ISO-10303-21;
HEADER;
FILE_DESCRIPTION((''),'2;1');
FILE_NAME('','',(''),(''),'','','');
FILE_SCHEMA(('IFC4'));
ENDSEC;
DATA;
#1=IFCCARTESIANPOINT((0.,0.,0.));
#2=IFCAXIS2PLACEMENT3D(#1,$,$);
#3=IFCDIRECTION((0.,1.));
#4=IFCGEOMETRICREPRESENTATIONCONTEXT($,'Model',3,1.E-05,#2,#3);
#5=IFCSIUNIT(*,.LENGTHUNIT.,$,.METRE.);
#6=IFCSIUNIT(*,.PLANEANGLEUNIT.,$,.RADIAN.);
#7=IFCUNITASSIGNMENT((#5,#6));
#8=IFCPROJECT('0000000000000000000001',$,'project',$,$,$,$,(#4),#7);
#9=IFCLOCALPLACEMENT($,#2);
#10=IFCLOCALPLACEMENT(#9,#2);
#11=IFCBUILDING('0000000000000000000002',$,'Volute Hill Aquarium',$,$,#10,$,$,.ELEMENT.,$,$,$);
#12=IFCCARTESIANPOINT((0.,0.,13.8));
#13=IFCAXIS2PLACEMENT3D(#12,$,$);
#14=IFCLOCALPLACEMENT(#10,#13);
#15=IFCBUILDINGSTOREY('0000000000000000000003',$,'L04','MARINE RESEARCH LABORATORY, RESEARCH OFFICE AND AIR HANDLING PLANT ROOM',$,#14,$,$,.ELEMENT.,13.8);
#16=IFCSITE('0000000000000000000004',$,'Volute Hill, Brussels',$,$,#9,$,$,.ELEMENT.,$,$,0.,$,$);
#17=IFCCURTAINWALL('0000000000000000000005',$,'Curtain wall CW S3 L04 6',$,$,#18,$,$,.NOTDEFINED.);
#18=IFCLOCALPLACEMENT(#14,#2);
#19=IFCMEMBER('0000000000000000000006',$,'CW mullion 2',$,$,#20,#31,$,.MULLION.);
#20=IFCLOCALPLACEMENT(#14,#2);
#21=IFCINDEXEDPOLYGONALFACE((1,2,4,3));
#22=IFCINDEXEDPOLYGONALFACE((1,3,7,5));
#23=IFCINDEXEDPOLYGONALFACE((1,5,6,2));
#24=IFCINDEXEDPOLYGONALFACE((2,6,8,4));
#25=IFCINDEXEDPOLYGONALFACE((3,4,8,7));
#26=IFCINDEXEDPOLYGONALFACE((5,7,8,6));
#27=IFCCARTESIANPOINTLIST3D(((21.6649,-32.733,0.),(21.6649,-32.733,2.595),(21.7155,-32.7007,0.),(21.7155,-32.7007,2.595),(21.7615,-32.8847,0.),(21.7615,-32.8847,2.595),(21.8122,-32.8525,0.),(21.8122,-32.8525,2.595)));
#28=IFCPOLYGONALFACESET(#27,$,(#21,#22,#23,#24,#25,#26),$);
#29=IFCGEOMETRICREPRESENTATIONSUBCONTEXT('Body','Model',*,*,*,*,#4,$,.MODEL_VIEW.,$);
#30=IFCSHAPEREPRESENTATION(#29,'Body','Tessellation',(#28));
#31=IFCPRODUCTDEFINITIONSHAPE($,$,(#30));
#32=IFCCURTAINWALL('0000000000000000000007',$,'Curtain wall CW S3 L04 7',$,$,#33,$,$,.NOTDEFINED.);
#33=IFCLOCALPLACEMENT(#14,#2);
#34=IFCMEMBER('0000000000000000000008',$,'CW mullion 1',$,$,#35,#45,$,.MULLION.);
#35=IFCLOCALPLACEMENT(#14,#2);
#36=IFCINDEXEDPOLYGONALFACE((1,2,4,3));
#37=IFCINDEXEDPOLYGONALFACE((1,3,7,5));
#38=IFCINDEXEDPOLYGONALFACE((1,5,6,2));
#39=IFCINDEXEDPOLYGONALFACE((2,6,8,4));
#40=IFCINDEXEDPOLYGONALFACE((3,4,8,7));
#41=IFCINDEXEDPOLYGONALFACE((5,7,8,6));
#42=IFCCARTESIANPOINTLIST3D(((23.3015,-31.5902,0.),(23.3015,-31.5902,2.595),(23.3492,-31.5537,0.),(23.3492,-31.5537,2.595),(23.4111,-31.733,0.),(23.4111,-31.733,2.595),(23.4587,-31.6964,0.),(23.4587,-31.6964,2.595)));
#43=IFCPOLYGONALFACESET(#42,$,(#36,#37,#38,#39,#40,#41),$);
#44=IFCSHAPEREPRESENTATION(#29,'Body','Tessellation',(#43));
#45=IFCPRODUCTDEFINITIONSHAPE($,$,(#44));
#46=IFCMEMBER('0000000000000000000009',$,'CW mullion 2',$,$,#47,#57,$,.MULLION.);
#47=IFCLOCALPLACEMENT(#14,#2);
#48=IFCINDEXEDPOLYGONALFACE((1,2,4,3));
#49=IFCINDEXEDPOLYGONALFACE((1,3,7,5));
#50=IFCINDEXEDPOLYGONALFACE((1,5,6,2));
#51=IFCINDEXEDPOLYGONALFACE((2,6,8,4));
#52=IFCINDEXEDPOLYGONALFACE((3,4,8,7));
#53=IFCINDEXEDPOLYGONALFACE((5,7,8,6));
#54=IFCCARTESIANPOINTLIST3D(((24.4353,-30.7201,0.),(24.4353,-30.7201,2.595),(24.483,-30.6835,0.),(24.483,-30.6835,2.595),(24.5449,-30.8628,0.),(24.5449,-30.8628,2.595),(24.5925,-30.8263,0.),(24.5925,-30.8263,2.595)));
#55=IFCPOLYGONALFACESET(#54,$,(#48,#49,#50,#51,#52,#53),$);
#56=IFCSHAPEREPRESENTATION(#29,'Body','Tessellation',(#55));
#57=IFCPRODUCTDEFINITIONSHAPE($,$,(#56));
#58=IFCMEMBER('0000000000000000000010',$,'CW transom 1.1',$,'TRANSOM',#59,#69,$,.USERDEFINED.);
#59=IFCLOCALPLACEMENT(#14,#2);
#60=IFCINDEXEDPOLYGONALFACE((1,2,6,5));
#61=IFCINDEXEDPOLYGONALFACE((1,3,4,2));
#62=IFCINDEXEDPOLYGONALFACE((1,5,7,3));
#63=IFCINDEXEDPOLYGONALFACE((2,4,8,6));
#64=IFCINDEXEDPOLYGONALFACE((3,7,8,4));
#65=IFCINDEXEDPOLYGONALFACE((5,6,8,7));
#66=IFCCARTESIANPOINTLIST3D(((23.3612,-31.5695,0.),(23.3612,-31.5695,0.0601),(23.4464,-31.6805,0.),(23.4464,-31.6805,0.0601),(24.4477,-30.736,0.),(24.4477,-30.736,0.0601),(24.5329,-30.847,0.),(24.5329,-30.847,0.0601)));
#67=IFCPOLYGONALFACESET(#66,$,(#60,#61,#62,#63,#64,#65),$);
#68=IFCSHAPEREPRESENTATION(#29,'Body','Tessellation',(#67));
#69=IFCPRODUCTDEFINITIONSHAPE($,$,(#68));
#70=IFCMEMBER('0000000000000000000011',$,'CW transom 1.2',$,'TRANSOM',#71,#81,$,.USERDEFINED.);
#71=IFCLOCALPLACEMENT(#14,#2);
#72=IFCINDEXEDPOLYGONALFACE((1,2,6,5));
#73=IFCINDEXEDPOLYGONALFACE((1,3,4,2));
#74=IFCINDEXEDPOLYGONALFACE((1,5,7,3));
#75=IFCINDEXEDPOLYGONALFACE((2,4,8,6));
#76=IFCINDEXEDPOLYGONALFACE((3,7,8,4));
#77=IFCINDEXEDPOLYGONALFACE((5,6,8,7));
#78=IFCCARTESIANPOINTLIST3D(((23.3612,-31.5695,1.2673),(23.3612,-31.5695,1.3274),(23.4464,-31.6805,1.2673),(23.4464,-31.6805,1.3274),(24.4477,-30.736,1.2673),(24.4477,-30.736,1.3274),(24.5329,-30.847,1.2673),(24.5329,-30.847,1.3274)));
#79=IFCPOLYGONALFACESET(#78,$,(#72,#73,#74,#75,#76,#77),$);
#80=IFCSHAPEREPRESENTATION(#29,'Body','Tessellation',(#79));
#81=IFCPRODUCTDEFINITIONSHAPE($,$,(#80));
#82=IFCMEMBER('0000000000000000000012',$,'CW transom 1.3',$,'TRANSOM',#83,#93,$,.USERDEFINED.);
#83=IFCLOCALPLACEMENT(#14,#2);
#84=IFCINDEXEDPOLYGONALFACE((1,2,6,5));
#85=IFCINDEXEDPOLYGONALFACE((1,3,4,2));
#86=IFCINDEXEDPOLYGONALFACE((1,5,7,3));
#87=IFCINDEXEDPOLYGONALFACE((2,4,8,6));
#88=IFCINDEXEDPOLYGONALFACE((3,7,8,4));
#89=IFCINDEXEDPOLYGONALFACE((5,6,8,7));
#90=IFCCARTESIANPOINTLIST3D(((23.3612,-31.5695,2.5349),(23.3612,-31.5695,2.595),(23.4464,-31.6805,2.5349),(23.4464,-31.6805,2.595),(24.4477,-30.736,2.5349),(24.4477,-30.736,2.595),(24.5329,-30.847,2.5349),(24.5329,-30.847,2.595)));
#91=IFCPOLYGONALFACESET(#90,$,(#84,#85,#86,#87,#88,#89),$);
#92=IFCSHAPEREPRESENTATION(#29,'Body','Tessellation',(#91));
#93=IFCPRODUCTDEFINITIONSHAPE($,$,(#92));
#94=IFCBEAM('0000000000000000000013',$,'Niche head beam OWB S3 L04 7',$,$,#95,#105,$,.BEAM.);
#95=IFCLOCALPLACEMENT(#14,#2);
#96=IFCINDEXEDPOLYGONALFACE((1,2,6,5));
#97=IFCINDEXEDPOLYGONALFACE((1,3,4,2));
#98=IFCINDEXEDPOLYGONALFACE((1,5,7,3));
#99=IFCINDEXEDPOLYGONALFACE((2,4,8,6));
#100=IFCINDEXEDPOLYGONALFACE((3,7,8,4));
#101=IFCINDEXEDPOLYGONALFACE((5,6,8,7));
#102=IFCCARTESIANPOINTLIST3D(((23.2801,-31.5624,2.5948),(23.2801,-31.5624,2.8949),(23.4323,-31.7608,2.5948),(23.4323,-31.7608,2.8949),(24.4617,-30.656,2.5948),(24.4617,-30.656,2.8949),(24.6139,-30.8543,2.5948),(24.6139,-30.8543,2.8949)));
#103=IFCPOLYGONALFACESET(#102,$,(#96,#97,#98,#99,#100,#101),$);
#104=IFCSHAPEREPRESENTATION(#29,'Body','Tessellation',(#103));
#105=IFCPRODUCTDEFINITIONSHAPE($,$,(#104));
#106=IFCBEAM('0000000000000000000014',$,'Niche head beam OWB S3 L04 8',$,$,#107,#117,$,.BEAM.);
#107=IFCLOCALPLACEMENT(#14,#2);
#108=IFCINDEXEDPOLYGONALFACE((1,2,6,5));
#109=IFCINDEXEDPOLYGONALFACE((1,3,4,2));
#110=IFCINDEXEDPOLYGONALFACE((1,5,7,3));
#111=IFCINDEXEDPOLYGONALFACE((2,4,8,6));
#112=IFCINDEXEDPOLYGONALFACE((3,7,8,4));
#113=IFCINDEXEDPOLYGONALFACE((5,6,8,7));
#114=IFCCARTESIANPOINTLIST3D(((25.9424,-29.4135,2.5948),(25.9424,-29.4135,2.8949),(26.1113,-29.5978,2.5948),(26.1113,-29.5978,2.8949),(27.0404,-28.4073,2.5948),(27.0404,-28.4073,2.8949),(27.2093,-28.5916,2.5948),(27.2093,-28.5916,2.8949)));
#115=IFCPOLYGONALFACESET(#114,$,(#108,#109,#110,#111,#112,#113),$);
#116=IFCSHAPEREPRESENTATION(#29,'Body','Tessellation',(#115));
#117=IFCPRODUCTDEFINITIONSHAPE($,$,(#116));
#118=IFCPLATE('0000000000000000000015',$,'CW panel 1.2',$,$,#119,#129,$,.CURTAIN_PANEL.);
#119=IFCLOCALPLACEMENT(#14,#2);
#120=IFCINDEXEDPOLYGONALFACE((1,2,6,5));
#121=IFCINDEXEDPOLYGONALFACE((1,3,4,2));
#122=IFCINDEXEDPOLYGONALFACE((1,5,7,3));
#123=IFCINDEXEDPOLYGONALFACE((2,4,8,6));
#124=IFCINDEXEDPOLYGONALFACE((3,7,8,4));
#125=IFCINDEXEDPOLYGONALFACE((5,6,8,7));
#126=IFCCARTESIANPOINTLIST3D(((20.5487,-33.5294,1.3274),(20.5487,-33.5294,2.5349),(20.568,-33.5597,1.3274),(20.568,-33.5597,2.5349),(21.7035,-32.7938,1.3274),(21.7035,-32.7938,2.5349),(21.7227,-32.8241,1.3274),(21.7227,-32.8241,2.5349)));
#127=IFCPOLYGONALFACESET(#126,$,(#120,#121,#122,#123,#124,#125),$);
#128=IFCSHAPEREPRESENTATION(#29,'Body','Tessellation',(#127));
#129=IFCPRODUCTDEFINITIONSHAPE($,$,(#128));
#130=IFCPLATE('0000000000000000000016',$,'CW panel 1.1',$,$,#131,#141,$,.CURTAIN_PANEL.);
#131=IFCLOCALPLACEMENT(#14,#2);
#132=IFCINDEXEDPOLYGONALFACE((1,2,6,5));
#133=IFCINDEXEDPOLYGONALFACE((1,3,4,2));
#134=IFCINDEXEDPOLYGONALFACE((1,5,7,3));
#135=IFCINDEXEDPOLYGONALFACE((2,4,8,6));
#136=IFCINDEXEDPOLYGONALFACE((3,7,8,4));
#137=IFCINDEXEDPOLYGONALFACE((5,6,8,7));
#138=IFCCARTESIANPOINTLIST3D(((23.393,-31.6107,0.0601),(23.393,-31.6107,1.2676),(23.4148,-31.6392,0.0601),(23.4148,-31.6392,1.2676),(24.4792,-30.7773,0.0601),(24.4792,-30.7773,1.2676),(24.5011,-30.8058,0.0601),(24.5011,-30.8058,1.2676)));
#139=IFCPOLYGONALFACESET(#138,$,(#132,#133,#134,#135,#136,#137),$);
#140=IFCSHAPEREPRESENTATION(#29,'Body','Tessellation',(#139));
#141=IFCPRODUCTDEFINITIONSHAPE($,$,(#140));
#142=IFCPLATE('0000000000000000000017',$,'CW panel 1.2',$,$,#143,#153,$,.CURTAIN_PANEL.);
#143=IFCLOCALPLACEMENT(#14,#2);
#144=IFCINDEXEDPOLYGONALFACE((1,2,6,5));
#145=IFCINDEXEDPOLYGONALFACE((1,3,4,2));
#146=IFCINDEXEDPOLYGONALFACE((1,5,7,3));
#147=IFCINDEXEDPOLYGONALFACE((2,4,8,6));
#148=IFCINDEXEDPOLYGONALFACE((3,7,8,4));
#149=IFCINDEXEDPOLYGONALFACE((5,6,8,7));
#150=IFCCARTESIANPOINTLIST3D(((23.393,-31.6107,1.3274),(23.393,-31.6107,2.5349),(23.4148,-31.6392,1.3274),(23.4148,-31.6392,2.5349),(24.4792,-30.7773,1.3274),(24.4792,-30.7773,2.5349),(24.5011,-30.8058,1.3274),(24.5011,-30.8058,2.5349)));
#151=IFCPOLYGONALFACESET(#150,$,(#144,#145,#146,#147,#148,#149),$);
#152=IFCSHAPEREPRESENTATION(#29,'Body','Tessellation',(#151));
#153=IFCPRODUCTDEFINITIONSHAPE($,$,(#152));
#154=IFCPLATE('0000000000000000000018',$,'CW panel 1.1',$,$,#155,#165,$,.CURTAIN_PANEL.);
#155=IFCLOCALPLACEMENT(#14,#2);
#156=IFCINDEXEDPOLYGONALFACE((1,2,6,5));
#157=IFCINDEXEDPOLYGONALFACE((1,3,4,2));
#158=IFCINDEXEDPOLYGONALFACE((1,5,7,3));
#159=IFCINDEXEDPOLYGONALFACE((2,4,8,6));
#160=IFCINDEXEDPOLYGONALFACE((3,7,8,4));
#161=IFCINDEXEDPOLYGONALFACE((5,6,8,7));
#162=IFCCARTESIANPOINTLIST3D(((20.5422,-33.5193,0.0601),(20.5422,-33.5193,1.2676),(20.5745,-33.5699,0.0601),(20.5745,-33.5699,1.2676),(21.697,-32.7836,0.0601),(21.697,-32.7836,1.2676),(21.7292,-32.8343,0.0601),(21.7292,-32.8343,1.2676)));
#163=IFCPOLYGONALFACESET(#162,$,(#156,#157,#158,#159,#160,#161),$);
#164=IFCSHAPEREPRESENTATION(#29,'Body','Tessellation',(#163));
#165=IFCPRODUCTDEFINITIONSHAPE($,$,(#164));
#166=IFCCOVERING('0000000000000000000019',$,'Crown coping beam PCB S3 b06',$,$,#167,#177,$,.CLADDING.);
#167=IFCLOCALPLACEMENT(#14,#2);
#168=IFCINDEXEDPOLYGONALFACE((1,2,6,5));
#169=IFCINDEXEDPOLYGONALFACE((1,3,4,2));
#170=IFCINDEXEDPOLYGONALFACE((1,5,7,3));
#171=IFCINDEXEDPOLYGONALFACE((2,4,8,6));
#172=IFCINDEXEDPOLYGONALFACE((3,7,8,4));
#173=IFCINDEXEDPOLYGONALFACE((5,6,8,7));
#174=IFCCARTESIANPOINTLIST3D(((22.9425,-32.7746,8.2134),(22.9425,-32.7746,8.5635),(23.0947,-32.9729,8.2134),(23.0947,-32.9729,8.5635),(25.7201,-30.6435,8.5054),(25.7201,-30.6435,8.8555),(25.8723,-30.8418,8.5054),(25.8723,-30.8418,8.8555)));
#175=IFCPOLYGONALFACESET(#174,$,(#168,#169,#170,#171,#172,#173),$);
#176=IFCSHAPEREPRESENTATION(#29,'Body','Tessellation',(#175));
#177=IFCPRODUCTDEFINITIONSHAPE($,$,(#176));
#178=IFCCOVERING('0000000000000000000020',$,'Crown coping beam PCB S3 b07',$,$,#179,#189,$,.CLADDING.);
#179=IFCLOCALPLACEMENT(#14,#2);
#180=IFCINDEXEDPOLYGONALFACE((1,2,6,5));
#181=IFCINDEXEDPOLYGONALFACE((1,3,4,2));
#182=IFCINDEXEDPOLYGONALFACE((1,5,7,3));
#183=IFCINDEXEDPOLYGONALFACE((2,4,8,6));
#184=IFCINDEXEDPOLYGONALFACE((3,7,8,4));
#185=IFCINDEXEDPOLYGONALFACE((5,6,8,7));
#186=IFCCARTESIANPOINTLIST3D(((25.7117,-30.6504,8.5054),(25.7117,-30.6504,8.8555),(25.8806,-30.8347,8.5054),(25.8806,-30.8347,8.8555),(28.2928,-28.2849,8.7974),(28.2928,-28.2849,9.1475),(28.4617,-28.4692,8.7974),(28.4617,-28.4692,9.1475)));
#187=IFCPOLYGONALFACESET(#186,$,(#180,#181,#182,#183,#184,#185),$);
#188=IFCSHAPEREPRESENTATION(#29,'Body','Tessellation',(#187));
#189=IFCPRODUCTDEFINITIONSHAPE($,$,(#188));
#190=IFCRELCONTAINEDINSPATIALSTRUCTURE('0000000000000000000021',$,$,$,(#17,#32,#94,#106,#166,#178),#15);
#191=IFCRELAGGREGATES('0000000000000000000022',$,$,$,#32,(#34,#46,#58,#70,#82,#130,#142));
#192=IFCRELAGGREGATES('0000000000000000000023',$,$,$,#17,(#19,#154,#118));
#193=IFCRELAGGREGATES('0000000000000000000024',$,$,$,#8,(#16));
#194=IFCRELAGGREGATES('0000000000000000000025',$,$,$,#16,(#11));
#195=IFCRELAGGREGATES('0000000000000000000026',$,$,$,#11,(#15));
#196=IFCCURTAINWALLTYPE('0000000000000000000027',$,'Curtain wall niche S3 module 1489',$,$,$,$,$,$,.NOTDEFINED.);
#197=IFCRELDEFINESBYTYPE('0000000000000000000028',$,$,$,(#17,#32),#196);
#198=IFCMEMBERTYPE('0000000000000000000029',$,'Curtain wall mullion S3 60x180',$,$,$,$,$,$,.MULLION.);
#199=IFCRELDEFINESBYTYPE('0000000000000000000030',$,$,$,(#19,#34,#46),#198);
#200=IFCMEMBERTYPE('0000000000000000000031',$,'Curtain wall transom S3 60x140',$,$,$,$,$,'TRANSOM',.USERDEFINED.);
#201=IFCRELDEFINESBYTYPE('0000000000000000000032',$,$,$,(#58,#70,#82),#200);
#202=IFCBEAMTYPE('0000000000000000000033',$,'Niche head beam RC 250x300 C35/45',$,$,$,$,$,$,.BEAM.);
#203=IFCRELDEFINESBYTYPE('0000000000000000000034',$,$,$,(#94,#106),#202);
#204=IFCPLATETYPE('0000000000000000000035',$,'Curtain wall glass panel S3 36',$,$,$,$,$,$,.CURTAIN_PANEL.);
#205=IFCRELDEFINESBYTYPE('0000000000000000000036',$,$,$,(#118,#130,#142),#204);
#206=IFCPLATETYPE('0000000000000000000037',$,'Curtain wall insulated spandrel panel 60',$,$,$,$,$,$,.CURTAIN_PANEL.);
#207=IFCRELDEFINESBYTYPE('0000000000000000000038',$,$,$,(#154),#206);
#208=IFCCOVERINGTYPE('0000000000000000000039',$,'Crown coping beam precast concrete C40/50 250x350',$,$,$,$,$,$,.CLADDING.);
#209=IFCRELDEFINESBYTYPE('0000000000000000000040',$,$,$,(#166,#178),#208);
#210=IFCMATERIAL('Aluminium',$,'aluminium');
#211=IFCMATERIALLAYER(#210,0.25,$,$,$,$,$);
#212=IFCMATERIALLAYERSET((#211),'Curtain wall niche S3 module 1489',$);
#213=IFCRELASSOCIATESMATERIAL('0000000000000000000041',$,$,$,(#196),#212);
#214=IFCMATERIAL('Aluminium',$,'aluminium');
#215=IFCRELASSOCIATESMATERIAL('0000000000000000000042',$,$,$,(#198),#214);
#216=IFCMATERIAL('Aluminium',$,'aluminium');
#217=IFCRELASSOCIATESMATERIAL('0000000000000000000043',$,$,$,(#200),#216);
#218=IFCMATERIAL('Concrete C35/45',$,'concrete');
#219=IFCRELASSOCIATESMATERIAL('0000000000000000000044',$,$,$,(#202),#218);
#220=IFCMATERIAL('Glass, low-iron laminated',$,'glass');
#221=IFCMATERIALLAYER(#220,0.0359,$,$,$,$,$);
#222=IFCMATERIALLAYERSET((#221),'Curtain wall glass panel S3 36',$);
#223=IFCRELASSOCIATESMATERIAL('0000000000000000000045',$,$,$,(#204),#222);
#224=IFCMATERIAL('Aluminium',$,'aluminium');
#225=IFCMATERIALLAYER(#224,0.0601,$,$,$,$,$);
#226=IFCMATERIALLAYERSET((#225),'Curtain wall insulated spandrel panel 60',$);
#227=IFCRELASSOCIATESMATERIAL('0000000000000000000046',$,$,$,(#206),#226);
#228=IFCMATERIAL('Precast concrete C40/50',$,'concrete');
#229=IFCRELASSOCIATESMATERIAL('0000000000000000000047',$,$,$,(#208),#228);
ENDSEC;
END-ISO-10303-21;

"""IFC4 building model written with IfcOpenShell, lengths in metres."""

from ifc_helpers import new_model, si_unit, direction, frame, origin, origin_2d, place, context, subcontext, project, spatial, polyline, rectangle, outline, extrude, material, layer, layer_set, material_profile, profile_set, type_object, element, aggregate, save


model = new_model("IFC4")

# Units and contexts
model_context = context("Model", 3, precision=1e-05, world=origin(), true_north=direction((0.0, 1.0)))
body_context = subcontext(model_context, "Body", "Model", "MODEL_VIEW")
ifc_project = project(units=[si_unit("LENGTHUNIT", "METRE"), si_unit("PLANEANGLEUNIT", "RADIAN")], contexts=[model_context])

# Site, building, storey
site_placement = place(None, origin())
site = spatial("IfcSite", under=ifc_project, at=site_placement, Name="Volute Hill, Brussels", CompositionType="ELEMENT", RefElevation=0.0)
building_placement = place(site_placement, origin())
building = spatial("IfcBuilding", under=site, at=building_placement, Name="Volute Hill Aquarium", CompositionType="ELEMENT")
storey_placement = place(building_placement, frame((0.0, 0.0, 13.8)))
storey = spatial("IfcBuildingStorey", under=building, at=storey_placement, Name="L04", Description="MARINE RESEARCH LABORATORY, RESEARCH OFFICE AND AIR HANDLING PLANT ROOM", CompositionType="ELEMENT", Elevation=13.8)

# Curtain wall, member
ifc_material_1 = material(Name="Aluminium", Category="aluminium")
ifc_layer_1 = layer(ifc_material_1, 0.25)
ifc_layer_set_1 = layer_set([ifc_layer_1], Name="Curtain wall niche S3 module 1489")
curtain_wall_type = type_object("IfcCurtainWallType", Name="Curtain wall niche S3 module 1489", PredefinedType="NOTDEFINED", material=ifc_layer_set_1)
curtain_wall_1_placement = place(storey_placement, origin())
curtain_wall_1 = element("IfcCurtainWall", 1, at=curtain_wall_1_placement, inside=storey, type_object=curtain_wall_type, Name="Curtain wall CW S3 L04 6", PredefinedType="NOTDEFINED")
ifc_material_2 = material(Name="Aluminium", Category="aluminium")
ifc_material_profile_1 = material_profile(ifc_material_2, rectangle(XDim=0.1799, YDim=0.0601, at=origin_2d()), Name="Curtain wall mullion S3 60x180")
ifc_profile_set_1 = profile_set([ifc_material_profile_1], Name="Aluminium")
member_type_1 = type_object("IfcMemberType", Name="Curtain wall mullion S3 60x180", PredefinedType="MULLION", material=ifc_profile_set_1)
member_1_placement = place(storey_placement, frame((21.7385, -32.7927, 0.0), z_axis=(0.0, 0.0, 1.0), x_axis=(-0.537307, 0.843387, 0.0)))
member_1 = element("IfcMember", 2, at=member_1_placement, type_object=member_type_1, Name="CW mullion 2", PredefinedType="MULLION", context=body_context, shape_type="SweptSolid", body=[
    extrude(rectangle(XDim=0.1799, YDim=0.0601, at=origin_2d()), origin(), (0.0, 0.0, 1.0), 2.595),
])

# Curtain wall, members
curtain_wall_2_placement = place(storey_placement, origin())
curtain_wall_2 = element("IfcCurtainWall", 3, at=curtain_wall_2_placement, inside=storey, type_object=curtain_wall_type, Name="Curtain wall CW S3 L04 7", PredefinedType="NOTDEFINED")
member_2_placement = place(storey_placement, frame((23.3801, -31.6433, 0.0), z_axis=(0.0, 0.0, 1.0), x_axis=(-0.608747, 0.793365, 0.0)))
member_2 = element("IfcMember", 4, at=member_2_placement, type_object=member_type_1, Name="CW mullion 1", PredefinedType="MULLION", context=body_context, shape_type="SweptSolid", body=[
    extrude(rectangle(XDim=0.1799, YDim=0.0601, at=origin_2d()), origin(), (0.0, 0.0, 1.0), 2.595),
])
member_3_placement = place(storey_placement, frame((24.5139, -30.7732, 0.0), z_axis=(0.0, 0.0, 1.0), x_axis=(-0.608747, 0.793365, 0.0)))
member_3 = element("IfcMember", 5, at=member_3_placement, type_object=member_type_1, Name="CW mullion 2", PredefinedType="MULLION", context=body_context, shape_type="SweptSolid", body=[
    extrude(rectangle(XDim=0.1799, YDim=0.0601, at=origin_2d()), origin(), (0.0, 0.0, 1.0), 2.595),
])
ifc_material_3 = material(Name="Aluminium", Category="aluminium")
ifc_material_profile_2 = material_profile(ifc_material_3, rectangle(XDim=0.1399, YDim=0.0601, at=origin_2d()), Name="Curtain wall transom S3 60x140")
ifc_profile_set_2 = profile_set([ifc_material_profile_2], Name="Aluminium")
member_type_2 = type_object("IfcMemberType", Name="Curtain wall transom S3 60x140", ElementType="TRANSOM", PredefinedType="USERDEFINED", material=ifc_profile_set_2)
member_4_placement = place(storey_placement, frame((23.4038, -31.625, 0.03), z_axis=(0.793405, 0.608694, 0.0), x_axis=(-0.608694, 0.793405, 0.0)))
member_4 = element("IfcMember", 6, at=member_4_placement, type_object=member_type_2, Name="CW transom 1.1", ObjectType="TRANSOM", PredefinedType="USERDEFINED", context=body_context, shape_type="SweptSolid", body=[
    extrude(rectangle(XDim=0.1399, YDim=0.0601, at=origin_2d()), origin(), (0.0, 0.0, 1.0), 1.3694),
])
member_5_placement = place(storey_placement, frame((23.4038, -31.625, 1.2974), z_axis=(0.793405, 0.608694, 0.0), x_axis=(-0.608694, 0.793405, 0.0)))
member_5 = element("IfcMember", 7, at=member_5_placement, type_object=member_type_2, Name="CW transom 1.2", ObjectType="TRANSOM", PredefinedType="USERDEFINED", context=body_context, shape_type="SweptSolid", body=[
    extrude(rectangle(XDim=0.1399, YDim=0.0601, at=origin_2d()), origin(), (0.0, 0.0, 1.0), 1.3694),
])
member_6_placement = place(storey_placement, frame((23.4038, -31.625, 2.5649), z_axis=(0.793405, 0.608694, 0.0), x_axis=(-0.608694, 0.793405, 0.0)))
member_6 = element("IfcMember", 8, at=member_6_placement, type_object=member_type_2, Name="CW transom 1.3", ObjectType="TRANSOM", PredefinedType="USERDEFINED", context=body_context, shape_type="SweptSolid", body=[
    extrude(rectangle(XDim=0.1399, YDim=0.0601, at=origin_2d()), origin(), (0.0, 0.0, 1.0), 1.3694),
])

# Beams
ifc_material_4 = material(Name="Concrete C35/45", Category="concrete")
ifc_material_profile_3 = material_profile(ifc_material_4, rectangle(XDim=0.25, YDim=0.3, at=origin_2d()), Name="RC beam 250x300")
ifc_profile_set_3 = profile_set([ifc_material_profile_3], Name="Concrete C35/45")
beam_type = type_object("IfcBeamType", Name="Niche head beam RC 250x300 C35/45", PredefinedType="BEAM", material=ifc_profile_set_3)
for number, where, z_axis, x_axis, name in (
    (9, (23.3562, -31.6616, 2.7449), (0.793422, 0.608672, 0.0), (-0.608672, 0.793422, 0.0), "Niche head beam OWB S3 L04 7"),
    (10, (26.0269, -29.5056, 2.7449), (0.737256, 0.675613, 0.0), (-0.675613, 0.737256, 0.0), "Niche head beam OWB S3 L04 8"),
):
    element("IfcBeam", number, at=place(storey_placement, frame(where, z_axis=z_axis, x_axis=x_axis)), inside=storey, type_object=beam_type, Name=name, PredefinedType="BEAM", context=body_context, shape_type="SweptSolid", body=[
        extrude(rectangle(XDim=0.25, YDim=0.3, at=origin_2d()), origin(), (0.0, 0.0, 1.0), 1.4893),
    ])

# Plates
ifc_material_5 = material(Name="Glass, low-iron laminated", Category="glass")
ifc_layer_2 = layer(ifc_material_5, 0.0359)
ifc_layer_set_2 = layer_set([ifc_layer_2], Name="Curtain wall glass panel S3 36")
plate_type_1 = type_object("IfcPlateType", Name="Curtain wall glass panel S3 36", PredefinedType="CURTAIN_PANEL", material=ifc_layer_set_2)
plate_1_placement = place(storey_placement, frame((21.1357, -33.1768, 1.3274), z_axis=(0.0, 0.0, 1.0), x_axis=(0.843387, 0.537307, 0.0)))
plate_1 = element("IfcPlate", 11, at=plate_1_placement, type_object=plate_type_1, Name="CW panel 1.2", PredefinedType="CURTAIN_PANEL", context=body_context, shape_type="SweptSolid", body=[
    extrude(rectangle(XDim=1.3691, YDim=0.0359, at=origin_2d()), origin(), (0.0, 0.0, 1.0), 1.2075),
])
plate_2_placement = place(storey_placement, frame((23.947, -31.2083, 0.0601), z_axis=(0.0, 0.0, 1.0), x_axis=(0.793365, 0.608747, 0.0)))
plate_2 = element("IfcPlate", 12, at=plate_2_placement, type_object=plate_type_1, Name="CW panel 1.1", PredefinedType="CURTAIN_PANEL", context=body_context, shape_type="SweptSolid", body=[
    extrude(rectangle(XDim=1.3691, YDim=0.0359, at=origin_2d()), origin(), (0.0, 0.0, 1.0), 1.2075),
])
plate_3_placement = place(storey_placement, frame((23.947, -31.2083, 1.3274), z_axis=(0.0, 0.0, 1.0), x_axis=(0.793365, 0.608747, 0.0)))
plate_3 = element("IfcPlate", 13, at=plate_3_placement, type_object=plate_type_1, Name="CW panel 1.2", PredefinedType="CURTAIN_PANEL", context=body_context, shape_type="SweptSolid", body=[
    extrude(rectangle(XDim=1.3691, YDim=0.0359, at=origin_2d()), origin(), (0.0, 0.0, 1.0), 1.2075),
])
aggregate(curtain_wall_2, [member_2, member_3, member_4, member_5, member_6, plate_2, plate_3])
ifc_material_6 = material(Name="Aluminium", Category="aluminium")
ifc_layer_3 = layer(ifc_material_6, 0.0601)
ifc_layer_set_3 = layer_set([ifc_layer_3], Name="Curtain wall insulated spandrel panel 60")
plate_type_2 = type_object("IfcPlateType", Name="Curtain wall insulated spandrel panel 60", PredefinedType="CURTAIN_PANEL", material=ifc_layer_set_3)
plate_4_placement = place(storey_placement, frame((21.1357, -33.1768, 0.0601), z_axis=(0.0, 0.0, 1.0), x_axis=(0.843387, 0.537307, 0.0)))
plate_4 = element("IfcPlate", 14, at=plate_4_placement, type_object=plate_type_2, Name="CW panel 1.1", PredefinedType="CURTAIN_PANEL", context=body_context, shape_type="SweptSolid", body=[
    extrude(rectangle(XDim=1.3691, YDim=0.0601, at=origin_2d()), origin(), (0.0, 0.0, 1.0), 1.2075),
])
aggregate(curtain_wall_1, [member_1, plate_4, plate_1])

# Coverings
ifc_material_7 = material(Name="Precast concrete C40/50", Category="concrete")
covering_type_1 = type_object("IfcCoveringType", Name="Crown coping beam precast concrete C40/50 250x350", PredefinedType="CLADDING", material=ifc_material_7)
covering_1_placement = place(storey_placement, frame((23.0947, -32.9729, 8.2134), z_axis=(0.608723, -0.793383, 0.0), x_axis=(0.790638, 0.606617, 0.083115)))
element("IfcCovering", 15, at=covering_1_placement, inside=storey, type_object=covering_type_1, Name="Crown coping beam PCB S3 b06", PredefinedType="CLADDING", context=body_context, shape_type="SweptSolid", body=[
    extrude(outline(polyline([(0.0, 0.0), (3.5131, 0.0), (3.5422, 0.3489), (0.0291, 0.3489), (0.0, 0.0)])), origin(), (0.0, 0.0, -1.0), 0.25),
])
covering_2_placement = place(storey_placement, frame((25.8806, -30.8347, 8.5054), z_axis=(0.675649, -0.737224, 0.0), x_axis=(0.734673, 0.673311, 0.083113)))
element("IfcCovering", 16, at=covering_2_placement, inside=storey, type_object=covering_type_1, Name="Crown coping beam PCB S3 b07", PredefinedType="CLADDING", context=body_context, shape_type="SweptSolid", body=[
    extrude(outline(polyline([(0.0, 0.0), (3.5132, 0.0), (3.5423, 0.3489), (0.0291, 0.3489), (0.0, 0.0)])), origin(), (0.0, 0.0, -1.0), 0.25),
])

save(model, "model.ifc")
